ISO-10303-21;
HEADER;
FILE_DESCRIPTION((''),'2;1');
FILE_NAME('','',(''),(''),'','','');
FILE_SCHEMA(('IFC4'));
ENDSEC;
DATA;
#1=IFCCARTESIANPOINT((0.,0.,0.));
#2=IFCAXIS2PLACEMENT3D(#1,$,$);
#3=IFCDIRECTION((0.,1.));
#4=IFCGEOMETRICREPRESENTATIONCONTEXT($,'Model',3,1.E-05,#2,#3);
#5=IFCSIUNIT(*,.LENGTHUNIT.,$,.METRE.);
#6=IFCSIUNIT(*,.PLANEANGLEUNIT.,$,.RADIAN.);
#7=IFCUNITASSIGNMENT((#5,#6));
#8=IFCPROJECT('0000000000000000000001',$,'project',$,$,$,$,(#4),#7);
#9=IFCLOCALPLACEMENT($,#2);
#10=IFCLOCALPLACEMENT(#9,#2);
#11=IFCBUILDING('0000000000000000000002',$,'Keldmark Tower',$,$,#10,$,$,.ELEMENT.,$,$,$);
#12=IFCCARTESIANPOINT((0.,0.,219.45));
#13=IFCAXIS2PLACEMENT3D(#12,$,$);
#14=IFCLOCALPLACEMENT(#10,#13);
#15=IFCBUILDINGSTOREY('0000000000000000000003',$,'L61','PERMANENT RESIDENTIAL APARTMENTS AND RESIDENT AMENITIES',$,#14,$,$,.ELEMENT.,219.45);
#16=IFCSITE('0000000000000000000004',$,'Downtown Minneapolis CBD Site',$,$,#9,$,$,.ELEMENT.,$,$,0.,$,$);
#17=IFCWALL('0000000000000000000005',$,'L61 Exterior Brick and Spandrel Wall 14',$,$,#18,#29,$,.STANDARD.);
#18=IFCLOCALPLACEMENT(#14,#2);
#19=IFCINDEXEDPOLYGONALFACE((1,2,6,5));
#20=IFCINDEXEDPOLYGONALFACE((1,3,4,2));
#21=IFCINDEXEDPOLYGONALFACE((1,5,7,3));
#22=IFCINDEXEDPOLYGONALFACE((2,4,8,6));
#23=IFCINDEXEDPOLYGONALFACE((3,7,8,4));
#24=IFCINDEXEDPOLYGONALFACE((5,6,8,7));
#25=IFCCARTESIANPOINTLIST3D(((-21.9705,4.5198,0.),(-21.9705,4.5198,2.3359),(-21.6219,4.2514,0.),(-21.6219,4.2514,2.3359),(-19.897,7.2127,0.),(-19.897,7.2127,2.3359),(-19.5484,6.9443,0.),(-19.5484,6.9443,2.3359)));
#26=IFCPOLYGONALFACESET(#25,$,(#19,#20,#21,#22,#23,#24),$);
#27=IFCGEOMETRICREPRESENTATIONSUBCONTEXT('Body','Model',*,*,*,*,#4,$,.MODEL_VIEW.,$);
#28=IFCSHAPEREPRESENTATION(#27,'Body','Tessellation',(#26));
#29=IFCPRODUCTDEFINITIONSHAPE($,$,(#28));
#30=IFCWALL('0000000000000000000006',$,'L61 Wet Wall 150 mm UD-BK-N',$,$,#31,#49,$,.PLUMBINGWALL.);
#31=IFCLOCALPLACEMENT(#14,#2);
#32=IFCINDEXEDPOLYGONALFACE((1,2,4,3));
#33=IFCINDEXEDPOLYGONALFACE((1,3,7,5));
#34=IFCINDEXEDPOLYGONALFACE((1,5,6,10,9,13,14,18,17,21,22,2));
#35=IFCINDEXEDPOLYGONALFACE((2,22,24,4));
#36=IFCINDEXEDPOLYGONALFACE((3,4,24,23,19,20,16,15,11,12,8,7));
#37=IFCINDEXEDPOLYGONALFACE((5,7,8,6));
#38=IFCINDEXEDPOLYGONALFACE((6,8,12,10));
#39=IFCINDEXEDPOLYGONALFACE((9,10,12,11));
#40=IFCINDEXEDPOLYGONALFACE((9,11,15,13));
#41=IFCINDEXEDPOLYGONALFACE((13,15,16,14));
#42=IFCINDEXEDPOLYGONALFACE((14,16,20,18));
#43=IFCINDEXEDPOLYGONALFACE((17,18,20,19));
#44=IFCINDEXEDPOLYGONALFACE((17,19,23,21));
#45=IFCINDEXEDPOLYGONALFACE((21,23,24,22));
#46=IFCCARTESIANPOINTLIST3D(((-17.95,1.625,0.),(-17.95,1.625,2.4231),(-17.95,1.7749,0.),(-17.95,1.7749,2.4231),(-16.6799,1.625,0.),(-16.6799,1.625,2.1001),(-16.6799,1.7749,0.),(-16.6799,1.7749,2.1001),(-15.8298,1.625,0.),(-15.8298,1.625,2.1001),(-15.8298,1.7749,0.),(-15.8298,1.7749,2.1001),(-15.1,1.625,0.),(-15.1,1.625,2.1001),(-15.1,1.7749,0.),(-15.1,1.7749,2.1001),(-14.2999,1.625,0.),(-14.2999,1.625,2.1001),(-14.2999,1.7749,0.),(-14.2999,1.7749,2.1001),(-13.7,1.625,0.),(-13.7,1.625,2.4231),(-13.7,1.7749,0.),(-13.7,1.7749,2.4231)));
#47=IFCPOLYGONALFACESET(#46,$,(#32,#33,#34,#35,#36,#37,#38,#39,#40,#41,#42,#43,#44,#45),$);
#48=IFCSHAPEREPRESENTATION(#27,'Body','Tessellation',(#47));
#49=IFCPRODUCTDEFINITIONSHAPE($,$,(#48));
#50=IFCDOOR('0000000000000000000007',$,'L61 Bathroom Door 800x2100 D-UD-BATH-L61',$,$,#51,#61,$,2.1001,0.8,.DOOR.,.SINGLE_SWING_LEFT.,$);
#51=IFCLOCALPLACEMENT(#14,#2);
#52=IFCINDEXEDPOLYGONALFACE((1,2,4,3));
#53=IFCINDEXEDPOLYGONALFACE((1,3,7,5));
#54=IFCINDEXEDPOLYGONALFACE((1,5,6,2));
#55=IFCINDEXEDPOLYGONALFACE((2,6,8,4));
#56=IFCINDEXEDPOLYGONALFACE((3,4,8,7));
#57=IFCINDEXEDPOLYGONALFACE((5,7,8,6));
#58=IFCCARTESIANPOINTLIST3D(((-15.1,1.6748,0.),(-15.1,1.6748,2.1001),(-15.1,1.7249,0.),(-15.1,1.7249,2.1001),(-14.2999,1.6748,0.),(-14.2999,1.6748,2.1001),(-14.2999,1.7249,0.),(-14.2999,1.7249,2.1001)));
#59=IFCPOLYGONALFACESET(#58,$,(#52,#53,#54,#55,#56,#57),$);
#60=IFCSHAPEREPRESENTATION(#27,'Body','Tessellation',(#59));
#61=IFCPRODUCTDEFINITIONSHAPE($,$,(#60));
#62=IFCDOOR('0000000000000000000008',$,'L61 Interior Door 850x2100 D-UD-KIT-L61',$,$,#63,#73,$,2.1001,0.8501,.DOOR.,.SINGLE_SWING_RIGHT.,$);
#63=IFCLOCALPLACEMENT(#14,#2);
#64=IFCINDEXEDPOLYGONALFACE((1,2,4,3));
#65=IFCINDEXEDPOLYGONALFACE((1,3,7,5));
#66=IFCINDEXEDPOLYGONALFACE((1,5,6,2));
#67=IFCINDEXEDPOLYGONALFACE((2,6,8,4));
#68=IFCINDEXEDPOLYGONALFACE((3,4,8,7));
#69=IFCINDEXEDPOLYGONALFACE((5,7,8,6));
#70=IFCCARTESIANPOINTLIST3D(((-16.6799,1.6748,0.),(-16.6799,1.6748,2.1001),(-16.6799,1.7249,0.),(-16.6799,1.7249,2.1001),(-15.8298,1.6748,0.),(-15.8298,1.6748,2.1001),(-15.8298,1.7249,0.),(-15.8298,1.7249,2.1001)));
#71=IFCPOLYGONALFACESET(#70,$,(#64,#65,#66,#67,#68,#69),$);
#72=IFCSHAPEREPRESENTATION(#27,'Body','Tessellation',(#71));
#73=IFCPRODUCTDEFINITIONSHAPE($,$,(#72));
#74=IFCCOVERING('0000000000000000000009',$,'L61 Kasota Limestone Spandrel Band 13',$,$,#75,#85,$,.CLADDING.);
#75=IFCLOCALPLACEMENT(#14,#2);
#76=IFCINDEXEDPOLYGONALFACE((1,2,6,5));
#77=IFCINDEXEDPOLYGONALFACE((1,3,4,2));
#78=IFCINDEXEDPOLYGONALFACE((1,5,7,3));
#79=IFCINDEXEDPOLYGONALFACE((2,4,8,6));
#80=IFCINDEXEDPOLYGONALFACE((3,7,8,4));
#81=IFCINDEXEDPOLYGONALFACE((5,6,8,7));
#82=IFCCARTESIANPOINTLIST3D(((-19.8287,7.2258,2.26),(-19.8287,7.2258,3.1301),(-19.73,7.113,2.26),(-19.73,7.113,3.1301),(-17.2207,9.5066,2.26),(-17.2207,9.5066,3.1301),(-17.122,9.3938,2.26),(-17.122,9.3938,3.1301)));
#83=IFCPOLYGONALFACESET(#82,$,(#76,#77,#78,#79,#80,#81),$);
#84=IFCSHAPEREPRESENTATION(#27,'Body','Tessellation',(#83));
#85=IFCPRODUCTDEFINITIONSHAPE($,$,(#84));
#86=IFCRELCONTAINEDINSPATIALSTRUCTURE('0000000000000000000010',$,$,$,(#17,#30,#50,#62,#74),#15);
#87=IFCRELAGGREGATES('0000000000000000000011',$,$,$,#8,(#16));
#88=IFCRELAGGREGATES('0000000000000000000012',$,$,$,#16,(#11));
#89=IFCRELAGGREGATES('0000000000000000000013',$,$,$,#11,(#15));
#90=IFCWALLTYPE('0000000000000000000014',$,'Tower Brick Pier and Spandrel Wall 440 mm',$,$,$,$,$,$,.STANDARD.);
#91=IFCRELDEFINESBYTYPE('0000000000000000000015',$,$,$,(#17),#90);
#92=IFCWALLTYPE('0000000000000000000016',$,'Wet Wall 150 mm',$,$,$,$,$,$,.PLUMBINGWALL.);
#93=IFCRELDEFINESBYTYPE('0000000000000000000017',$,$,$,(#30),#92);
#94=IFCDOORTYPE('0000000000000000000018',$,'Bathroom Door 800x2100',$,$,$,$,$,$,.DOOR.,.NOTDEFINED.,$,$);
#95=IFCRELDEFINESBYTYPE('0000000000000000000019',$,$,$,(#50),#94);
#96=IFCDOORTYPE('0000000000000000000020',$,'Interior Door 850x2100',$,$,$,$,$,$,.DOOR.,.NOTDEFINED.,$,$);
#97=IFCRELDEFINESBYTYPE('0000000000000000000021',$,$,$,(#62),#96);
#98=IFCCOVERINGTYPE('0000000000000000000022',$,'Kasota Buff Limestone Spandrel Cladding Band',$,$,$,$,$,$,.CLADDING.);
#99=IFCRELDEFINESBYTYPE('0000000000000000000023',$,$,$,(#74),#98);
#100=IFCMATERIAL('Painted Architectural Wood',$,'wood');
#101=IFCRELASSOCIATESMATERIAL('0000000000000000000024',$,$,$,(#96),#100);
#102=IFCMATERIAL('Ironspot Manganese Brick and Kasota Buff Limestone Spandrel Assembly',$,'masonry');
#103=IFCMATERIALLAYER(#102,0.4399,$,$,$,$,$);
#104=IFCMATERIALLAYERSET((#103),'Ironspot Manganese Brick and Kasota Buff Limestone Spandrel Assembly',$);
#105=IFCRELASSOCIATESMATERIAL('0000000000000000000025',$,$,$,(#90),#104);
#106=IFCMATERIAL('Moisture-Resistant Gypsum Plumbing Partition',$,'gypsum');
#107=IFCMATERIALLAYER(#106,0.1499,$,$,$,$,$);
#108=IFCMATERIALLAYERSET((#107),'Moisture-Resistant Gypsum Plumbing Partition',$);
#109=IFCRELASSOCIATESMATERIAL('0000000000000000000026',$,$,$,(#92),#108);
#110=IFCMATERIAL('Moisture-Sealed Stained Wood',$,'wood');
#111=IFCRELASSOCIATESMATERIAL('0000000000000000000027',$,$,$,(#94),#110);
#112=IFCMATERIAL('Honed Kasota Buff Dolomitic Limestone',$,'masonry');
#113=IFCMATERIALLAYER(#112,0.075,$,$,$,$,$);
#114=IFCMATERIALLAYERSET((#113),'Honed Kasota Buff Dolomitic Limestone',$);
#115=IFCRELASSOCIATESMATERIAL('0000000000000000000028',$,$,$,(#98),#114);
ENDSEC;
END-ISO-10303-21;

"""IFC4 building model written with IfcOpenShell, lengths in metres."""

from ifc_helpers import new_model, si_unit, direction, frame, frame_2d, origin, origin_2d, place, context, subcontext, project, spatial, rectangle, extrude, material, layer, layer_set, type_object, element, fill, save


model = new_model("IFC4")

# Units and contexts
model_context = context("Model", 3, precision=1e-05, world=origin(), true_north=direction((0.0, 1.0)))
body_context = subcontext(model_context, "Body", "Model", "MODEL_VIEW")
ifc_project = project(units=[si_unit("LENGTHUNIT", "METRE"), si_unit("PLANEANGLEUNIT", "RADIAN")], contexts=[model_context])

# Site, building, storey
site_placement = place(None, origin())
site = spatial("IfcSite", under=ifc_project, at=site_placement, Name="Downtown Minneapolis CBD Site", CompositionType="ELEMENT", RefElevation=0.0)
building_placement = place(site_placement, origin())
building = spatial("IfcBuilding", under=site, at=building_placement, Name="Keldmark Tower", CompositionType="ELEMENT")
storey_placement = place(building_placement, frame((0.0, 0.0, 219.45)))
storey = spatial("IfcBuildingStorey", under=building, at=storey_placement, Name="L61", Description="PERMANENT RESIDENTIAL APARTMENTS AND RESIDENT AMENITIES", CompositionType="ELEMENT", Elevation=219.45)

# Shared definitions
ifc_material_1 = material(Name="Painted Architectural Wood", Category="wood")
door_type_1 = type_object("IfcDoorType", Name="Interior Door 850x2100", OperationType="NOTDEFINED", PredefinedType="DOOR", material=ifc_material_1)

# Shared definitions
ifc_material_2 = material(Name="Ironspot Manganese Brick and Kasota Buff Limestone Spandrel Assembly", Category="masonry")
ifc_layer_1 = layer(ifc_material_2, 0.4399)
ifc_layer_set_1 = layer_set([ifc_layer_1], Name="Ironspot Manganese Brick and Kasota Buff Limestone Spandrel Assembly")
wall_type_1 = type_object("IfcWallType", Name="Tower Brick Pier and Spandrel Wall 440 mm", PredefinedType="STANDARD", material=ifc_layer_set_1)

# Wall
wall_1_placement = place(storey_placement, frame((-21.7961, 4.3857, 0.0), z_axis=(0.0, 0.0, 1.0), x_axis=(0.610089, 0.792333, 0.0)))
element("IfcWall", 1, at=wall_1_placement, inside=storey, type_object=wall_type_1, Name="L61 Exterior Brick and Spandrel Wall 14", PredefinedType="STANDARD", context=body_context, shape_type="SweptSolid", body=[
    extrude(rectangle(XDim=3.3987, YDim=0.4399, at=frame_2d((1.6992, 0.0))), origin(), (0.0, 0.0, 1.0), 2.3359),
])

# Wall, openings, doors
ifc_material_3 = material(Name="Moisture-Resistant Gypsum Plumbing Partition", Category="gypsum")
ifc_layer_2 = layer(ifc_material_3, 0.1499)
ifc_layer_set_2 = layer_set([ifc_layer_2], Name="Moisture-Resistant Gypsum Plumbing Partition")
wall_type_2 = type_object("IfcWallType", Name="Wet Wall 150 mm", PredefinedType="PLUMBINGWALL", material=ifc_layer_set_2)
wall_2_placement = place(storey_placement, frame((-17.95, 1.7, 0.0), z_axis=(0.0, 0.0, 1.0), x_axis=(1.0, 0.0, 0.0)))
wall_2 = element("IfcWall", 2, at=wall_2_placement, inside=storey, type_object=wall_type_2, Name="L61 Wet Wall 150 mm UD-BK-N", PredefinedType="PLUMBINGWALL", context=body_context, shape_type="SweptSolid", body=[
    extrude(rectangle(XDim=4.25, YDim=0.1499, at=frame_2d((2.125, 0.0))), origin(), (0.0, 0.0, 1.0), 2.4231),
])
opening_1_placement = place(wall_2_placement, frame((2.8501, 0.0, 0.0)))
opening_1 = element("IfcOpeningElement", 3, at=opening_1_placement, cuts=wall_2, PredefinedType="OPENING", context=body_context, shape_type="SweptSolid", body=[
    extrude(rectangle(XDim=0.8, YDim=2.1001, at=frame_2d((0.3999, 1.05))), frame((0.0, 0.085, 0.0), z_axis=(0.0, -1.0, 0.0), x_axis=(1.0, 0.0, 0.0)), (0.0, 0.0, 1.0), 0.1699),
])
opening_2_placement = place(wall_2_placement, frame((1.27, 0.0, 0.0)))
opening_2 = element("IfcOpeningElement", 4, at=opening_2_placement, cuts=wall_2, PredefinedType="OPENING", context=body_context, shape_type="SweptSolid", body=[
    extrude(rectangle(XDim=0.8501, YDim=2.1001, at=frame_2d((0.425, 1.05))), frame((0.0, 0.085, 0.0), z_axis=(0.0, -1.0, 0.0), x_axis=(1.0, 0.0, 0.0)), (0.0, 0.0, 1.0), 0.1699),
])
ifc_material_4 = material(Name="Moisture-Sealed Stained Wood", Category="wood")
door_type_2 = type_object("IfcDoorType", Name="Bathroom Door 800x2100", OperationType="NOTDEFINED", PredefinedType="DOOR", material=ifc_material_4)
door_1_placement = place(opening_1_placement, origin())
door_1 = element("IfcDoor", 5, at=door_1_placement, inside=storey, type_object=door_type_2, Name="L61 Bathroom Door 800x2100 D-UD-BATH-L61", OperationType="SINGLE_SWING_LEFT", OverallHeight=2.1001, OverallWidth=0.8, PredefinedType="DOOR", context=body_context, shape_type="SweptSolid", body=[
    extrude(rectangle(XDim=0.8, YDim=2.1001, at=frame_2d((0.3999, 1.05))), frame((0.0, 0.0249, 0.0), z_axis=(0.0, -1.0, 0.0), x_axis=(1.0, 0.0, 0.0)), (0.0, 0.0, 1.0), 0.05),
])
fill(opening_1, door_1)
door_2_placement = place(opening_2_placement, origin())
door_2 = element("IfcDoor", 6, at=door_2_placement, inside=storey, type_object=door_type_1, Name="L61 Interior Door 850x2100 D-UD-KIT-L61", OperationType="SINGLE_SWING_RIGHT", OverallHeight=2.1001, OverallWidth=0.8501, PredefinedType="DOOR", context=body_context, shape_type="SweptSolid", body=[
    extrude(rectangle(XDim=0.8501, YDim=2.1001, at=frame_2d((0.425, 1.05))), frame((0.0, 0.0249, 0.0), z_axis=(0.0, -1.0, 0.0), x_axis=(1.0, 0.0, 0.0)), (0.0, 0.0, 1.0), 0.05),
])
fill(opening_2, door_2)

# Covering
ifc_material_5 = material(Name="Honed Kasota Buff Dolomitic Limestone", Category="masonry")
ifc_layer_3 = layer(ifc_material_5, 0.075)
ifc_layer_set_3 = layer_set([ifc_layer_3], Name="Honed Kasota Buff Dolomitic Limestone")
covering_type = type_object("IfcCoveringType", Name="Kasota Buff Limestone Spandrel Cladding Band", PredefinedType="CLADDING", material=ifc_layer_set_3)
covering_placement = place(storey_placement, frame((-18.4753, 8.3098, 2.26), z_axis=(0.0, 0.0, 1.0), x_axis=(-0.752748, -0.658309, 0.0)))
element("IfcCovering", 7, at=covering_placement, inside=storey, type_object=covering_type, Name="L61 Kasota Limestone Spandrel Band 13", PredefinedType="CLADDING", context=body_context, shape_type="SweptSolid", body=[
    extrude(rectangle(XDim=3.4646, YDim=0.1499, at=origin_2d()), origin(), (0.0, 0.0, 1.0), 0.8701),
])

save(model, "model.ifc")
